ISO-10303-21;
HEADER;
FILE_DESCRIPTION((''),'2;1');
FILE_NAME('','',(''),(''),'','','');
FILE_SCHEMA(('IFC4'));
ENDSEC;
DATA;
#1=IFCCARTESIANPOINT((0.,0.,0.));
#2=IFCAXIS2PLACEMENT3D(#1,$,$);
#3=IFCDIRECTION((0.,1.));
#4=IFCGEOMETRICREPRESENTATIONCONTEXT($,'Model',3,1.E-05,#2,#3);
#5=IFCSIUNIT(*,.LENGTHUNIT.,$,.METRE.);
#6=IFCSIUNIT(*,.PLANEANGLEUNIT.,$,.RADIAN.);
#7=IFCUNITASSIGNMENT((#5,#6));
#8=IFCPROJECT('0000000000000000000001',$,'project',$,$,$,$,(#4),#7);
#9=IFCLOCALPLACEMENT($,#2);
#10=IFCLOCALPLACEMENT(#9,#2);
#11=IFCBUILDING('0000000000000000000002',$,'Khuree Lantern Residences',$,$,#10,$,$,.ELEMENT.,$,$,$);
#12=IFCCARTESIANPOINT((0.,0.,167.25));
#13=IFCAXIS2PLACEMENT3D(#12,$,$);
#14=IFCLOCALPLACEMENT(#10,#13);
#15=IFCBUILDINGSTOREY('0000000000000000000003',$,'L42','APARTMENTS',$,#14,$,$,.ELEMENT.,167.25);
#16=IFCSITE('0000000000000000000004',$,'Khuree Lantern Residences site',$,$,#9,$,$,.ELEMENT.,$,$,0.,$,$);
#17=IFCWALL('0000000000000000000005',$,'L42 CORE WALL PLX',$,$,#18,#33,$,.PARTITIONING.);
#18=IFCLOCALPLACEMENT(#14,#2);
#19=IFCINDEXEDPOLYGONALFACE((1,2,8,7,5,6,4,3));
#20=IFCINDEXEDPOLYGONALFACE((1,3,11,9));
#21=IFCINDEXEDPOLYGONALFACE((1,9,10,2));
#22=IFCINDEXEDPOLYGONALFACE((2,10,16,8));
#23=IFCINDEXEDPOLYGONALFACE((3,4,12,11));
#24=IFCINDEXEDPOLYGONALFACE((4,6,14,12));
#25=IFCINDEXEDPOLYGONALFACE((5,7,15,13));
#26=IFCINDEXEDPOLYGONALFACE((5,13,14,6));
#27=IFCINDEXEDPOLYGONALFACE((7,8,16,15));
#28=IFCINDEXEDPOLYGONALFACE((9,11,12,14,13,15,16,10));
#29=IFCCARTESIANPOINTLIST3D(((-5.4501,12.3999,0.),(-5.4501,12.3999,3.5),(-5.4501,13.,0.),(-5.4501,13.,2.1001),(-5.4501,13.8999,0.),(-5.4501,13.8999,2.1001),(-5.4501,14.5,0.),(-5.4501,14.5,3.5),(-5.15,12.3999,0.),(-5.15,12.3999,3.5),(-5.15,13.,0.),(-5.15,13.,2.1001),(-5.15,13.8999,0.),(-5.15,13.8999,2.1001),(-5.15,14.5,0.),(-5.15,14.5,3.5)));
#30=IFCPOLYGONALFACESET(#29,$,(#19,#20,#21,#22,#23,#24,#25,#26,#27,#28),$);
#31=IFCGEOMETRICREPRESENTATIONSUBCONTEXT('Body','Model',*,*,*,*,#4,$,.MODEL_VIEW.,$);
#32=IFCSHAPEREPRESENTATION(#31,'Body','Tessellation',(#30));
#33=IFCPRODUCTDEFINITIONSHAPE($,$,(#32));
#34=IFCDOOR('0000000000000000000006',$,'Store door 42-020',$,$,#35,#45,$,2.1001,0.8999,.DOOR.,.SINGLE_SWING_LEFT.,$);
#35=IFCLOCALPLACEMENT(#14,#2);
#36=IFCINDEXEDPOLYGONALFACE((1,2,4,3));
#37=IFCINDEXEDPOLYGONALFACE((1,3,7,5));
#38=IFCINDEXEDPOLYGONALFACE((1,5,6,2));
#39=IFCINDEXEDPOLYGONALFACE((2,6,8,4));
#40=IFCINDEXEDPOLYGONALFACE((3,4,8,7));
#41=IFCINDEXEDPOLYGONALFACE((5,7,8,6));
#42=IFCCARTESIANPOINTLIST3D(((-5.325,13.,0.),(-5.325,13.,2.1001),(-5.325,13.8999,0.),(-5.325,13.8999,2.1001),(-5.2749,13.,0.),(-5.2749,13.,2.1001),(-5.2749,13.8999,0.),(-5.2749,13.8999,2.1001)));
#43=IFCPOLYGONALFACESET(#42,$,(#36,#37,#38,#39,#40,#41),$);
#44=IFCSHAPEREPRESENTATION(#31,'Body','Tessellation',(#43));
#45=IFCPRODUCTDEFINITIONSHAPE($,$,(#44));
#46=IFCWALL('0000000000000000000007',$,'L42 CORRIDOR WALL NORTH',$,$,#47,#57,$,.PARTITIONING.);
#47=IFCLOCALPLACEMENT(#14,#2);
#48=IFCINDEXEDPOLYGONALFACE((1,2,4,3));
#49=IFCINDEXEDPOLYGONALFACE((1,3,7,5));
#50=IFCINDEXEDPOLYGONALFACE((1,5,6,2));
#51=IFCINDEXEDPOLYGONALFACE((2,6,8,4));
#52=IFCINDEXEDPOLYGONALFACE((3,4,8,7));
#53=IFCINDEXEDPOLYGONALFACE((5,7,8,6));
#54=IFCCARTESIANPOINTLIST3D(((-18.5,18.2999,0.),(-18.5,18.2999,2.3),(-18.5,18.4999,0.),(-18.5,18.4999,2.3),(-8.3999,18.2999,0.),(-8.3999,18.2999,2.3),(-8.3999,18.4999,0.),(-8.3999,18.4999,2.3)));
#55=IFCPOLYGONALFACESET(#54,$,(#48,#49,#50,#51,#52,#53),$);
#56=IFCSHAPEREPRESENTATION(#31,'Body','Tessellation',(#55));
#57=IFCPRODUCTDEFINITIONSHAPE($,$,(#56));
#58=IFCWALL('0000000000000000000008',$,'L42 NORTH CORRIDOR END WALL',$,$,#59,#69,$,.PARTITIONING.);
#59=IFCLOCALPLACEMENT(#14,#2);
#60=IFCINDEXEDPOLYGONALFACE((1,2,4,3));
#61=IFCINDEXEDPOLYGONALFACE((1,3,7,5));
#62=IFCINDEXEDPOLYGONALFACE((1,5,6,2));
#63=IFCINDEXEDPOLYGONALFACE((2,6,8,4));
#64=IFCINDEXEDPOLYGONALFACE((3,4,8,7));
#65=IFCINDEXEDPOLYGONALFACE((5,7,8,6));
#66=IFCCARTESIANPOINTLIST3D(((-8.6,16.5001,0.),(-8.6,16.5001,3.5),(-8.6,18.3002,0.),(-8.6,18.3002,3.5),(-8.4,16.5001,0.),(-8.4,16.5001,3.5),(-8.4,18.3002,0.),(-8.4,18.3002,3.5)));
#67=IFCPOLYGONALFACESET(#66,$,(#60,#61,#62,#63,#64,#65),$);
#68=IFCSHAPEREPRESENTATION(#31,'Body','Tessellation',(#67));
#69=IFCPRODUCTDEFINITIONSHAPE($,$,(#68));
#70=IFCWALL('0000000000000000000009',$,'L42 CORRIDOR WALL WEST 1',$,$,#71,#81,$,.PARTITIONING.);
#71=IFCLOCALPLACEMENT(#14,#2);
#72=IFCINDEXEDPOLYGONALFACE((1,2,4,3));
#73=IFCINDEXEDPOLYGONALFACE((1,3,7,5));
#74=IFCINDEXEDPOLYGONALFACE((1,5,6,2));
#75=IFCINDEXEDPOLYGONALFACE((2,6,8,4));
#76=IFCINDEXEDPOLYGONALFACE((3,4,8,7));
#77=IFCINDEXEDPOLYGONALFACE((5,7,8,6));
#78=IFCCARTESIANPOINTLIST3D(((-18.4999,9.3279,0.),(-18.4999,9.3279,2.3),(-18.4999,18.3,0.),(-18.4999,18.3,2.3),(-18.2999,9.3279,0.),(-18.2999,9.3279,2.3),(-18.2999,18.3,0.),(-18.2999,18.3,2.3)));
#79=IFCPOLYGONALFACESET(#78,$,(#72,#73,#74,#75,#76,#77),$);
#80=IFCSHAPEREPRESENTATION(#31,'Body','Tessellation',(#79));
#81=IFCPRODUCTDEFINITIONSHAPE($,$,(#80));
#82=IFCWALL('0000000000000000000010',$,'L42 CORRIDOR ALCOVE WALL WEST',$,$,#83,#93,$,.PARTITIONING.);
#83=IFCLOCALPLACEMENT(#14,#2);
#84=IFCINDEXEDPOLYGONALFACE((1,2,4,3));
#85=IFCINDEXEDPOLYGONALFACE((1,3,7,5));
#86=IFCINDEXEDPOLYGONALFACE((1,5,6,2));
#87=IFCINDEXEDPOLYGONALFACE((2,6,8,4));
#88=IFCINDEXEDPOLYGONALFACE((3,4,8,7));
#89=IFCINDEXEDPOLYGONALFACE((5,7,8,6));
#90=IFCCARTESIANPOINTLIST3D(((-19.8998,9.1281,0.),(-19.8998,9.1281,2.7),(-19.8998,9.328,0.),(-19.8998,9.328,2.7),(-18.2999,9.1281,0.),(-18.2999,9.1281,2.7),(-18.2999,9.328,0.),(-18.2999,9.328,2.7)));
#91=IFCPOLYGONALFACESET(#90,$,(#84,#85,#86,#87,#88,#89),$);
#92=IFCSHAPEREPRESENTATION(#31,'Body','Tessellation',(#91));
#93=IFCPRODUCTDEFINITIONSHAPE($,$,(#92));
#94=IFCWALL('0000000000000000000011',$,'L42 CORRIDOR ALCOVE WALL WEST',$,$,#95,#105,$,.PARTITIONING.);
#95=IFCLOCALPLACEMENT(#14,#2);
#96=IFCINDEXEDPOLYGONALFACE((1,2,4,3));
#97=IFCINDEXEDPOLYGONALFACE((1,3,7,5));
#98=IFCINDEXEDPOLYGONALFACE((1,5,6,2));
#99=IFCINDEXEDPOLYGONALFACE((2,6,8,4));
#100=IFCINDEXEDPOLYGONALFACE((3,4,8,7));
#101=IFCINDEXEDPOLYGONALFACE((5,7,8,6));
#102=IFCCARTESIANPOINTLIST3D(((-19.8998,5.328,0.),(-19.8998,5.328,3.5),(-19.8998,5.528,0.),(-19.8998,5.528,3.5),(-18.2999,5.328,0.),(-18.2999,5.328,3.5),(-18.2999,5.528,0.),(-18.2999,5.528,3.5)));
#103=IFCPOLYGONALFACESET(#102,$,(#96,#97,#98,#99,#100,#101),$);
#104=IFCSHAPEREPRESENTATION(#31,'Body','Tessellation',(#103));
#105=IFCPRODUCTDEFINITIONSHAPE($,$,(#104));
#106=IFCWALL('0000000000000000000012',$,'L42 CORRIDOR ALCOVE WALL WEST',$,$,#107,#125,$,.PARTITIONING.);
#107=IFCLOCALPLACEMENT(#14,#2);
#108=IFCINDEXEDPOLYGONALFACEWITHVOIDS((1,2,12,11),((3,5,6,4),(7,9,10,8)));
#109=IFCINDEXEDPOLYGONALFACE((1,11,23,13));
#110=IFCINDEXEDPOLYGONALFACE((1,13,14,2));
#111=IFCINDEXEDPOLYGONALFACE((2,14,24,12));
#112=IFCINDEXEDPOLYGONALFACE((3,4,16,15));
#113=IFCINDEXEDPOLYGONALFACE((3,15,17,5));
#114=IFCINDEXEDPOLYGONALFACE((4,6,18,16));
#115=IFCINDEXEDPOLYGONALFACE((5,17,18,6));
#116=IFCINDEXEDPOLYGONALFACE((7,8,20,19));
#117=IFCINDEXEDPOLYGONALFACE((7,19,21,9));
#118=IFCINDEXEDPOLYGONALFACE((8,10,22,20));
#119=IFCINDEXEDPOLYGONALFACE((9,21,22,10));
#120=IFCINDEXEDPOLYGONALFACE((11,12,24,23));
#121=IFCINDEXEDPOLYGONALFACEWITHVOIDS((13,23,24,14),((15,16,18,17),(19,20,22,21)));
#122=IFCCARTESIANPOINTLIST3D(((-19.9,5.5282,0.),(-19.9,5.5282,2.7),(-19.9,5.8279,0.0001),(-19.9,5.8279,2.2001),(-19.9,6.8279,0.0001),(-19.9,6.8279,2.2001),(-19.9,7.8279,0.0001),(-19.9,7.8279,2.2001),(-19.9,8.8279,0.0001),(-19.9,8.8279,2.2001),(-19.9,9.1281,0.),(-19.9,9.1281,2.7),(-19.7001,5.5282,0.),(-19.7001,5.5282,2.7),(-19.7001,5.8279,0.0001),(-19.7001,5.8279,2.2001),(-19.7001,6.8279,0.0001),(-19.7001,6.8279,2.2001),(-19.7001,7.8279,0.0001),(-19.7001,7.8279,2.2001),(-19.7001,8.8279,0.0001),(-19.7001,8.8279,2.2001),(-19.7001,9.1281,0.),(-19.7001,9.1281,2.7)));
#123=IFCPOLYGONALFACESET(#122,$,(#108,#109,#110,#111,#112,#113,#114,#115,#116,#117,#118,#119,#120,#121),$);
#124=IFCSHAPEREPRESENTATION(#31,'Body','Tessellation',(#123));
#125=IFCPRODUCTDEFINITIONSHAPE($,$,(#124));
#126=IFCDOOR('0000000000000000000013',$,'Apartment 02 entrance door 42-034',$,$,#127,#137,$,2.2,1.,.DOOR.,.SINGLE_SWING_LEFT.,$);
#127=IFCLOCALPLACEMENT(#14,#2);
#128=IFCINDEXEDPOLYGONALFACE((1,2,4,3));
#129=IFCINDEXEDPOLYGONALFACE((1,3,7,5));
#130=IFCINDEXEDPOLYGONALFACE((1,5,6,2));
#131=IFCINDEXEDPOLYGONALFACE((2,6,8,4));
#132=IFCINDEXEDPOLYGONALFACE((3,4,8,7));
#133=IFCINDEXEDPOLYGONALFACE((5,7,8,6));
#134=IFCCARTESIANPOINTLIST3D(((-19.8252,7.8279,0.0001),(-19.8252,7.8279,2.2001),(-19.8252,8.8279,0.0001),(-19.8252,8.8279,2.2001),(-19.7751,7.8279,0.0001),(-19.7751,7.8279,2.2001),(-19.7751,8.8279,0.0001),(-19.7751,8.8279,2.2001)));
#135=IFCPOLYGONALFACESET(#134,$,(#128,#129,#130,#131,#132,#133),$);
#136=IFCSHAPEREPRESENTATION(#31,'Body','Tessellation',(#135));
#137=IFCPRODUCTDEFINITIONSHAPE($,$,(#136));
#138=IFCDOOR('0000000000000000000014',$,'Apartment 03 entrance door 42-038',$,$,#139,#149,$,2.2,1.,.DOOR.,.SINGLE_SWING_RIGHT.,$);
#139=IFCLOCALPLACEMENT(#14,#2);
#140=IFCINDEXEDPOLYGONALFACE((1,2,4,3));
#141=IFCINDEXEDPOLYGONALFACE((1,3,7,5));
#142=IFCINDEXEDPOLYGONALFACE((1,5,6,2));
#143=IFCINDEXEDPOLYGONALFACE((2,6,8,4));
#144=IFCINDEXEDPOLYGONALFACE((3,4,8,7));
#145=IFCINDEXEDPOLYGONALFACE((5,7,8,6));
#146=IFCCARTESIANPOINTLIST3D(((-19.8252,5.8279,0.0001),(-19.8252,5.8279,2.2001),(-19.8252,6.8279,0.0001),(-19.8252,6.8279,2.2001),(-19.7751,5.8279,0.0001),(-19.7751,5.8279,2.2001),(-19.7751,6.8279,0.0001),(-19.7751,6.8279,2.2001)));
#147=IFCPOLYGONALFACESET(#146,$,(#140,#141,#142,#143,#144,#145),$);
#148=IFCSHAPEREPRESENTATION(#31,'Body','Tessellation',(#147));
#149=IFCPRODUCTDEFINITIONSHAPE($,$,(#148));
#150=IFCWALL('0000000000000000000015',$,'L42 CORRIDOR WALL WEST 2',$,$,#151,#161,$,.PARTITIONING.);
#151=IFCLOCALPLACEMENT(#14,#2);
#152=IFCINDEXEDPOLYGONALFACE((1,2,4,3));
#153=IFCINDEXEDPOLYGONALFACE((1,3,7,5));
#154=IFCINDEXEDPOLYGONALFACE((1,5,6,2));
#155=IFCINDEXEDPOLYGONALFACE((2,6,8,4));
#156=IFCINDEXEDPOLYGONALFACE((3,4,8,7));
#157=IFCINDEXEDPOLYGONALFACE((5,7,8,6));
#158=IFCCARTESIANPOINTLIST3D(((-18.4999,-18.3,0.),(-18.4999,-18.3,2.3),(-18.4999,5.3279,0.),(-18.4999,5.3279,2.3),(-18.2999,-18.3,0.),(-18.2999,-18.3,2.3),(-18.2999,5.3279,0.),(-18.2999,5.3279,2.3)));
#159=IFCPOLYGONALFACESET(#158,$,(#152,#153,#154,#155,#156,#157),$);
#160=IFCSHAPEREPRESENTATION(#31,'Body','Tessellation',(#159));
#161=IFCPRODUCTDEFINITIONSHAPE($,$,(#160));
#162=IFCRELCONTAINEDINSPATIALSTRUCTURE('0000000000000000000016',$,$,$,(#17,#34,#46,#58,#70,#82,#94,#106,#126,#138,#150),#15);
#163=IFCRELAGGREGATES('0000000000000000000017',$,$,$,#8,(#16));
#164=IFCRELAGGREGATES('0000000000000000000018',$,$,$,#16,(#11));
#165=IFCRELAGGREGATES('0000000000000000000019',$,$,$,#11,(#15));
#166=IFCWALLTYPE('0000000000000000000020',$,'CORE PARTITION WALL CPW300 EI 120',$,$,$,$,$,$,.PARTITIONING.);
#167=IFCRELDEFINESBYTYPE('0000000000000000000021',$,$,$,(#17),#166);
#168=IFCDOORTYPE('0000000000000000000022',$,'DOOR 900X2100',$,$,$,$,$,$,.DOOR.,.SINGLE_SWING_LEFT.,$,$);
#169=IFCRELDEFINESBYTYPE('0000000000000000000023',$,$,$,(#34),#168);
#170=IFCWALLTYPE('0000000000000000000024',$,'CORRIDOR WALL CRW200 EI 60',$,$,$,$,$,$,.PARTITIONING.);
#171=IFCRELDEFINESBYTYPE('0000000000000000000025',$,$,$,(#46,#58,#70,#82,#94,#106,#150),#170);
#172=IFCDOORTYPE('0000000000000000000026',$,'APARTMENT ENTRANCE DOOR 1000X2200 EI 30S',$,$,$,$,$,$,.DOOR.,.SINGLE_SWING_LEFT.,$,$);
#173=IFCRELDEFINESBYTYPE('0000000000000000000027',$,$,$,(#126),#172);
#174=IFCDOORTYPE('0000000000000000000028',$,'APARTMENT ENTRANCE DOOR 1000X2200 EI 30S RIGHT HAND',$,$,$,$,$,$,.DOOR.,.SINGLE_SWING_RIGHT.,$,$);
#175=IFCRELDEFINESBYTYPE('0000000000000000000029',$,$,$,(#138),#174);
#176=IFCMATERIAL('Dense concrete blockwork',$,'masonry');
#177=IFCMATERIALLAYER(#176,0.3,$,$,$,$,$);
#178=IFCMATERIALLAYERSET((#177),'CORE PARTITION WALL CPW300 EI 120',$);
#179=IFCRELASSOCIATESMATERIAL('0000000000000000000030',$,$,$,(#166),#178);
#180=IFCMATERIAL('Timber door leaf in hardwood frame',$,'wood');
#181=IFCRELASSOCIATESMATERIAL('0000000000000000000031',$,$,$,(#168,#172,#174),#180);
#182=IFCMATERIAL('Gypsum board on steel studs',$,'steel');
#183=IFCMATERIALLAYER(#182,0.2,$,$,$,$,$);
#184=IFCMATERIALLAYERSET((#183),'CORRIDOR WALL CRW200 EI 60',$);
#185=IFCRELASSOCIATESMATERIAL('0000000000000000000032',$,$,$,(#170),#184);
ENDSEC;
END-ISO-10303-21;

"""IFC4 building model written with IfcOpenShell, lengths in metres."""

from ifc_helpers import new_model, si_unit, direction, frame, frame_2d, origin, place, context, subcontext, project, spatial, rectangle, extrude, material, layer, layer_set, type_object, element, fill, save


model = new_model("IFC4")

# Units and contexts
model_context = context("Model", 3, precision=1e-05, world=origin(), true_north=direction((0.0, 1.0)))
body_context = subcontext(model_context, "Body", "Model", "MODEL_VIEW")
ifc_project = project(units=[si_unit("LENGTHUNIT", "METRE"), si_unit("PLANEANGLEUNIT", "RADIAN")], contexts=[model_context])

# Site, building, storey
site_placement = place(None, origin())
site = spatial("IfcSite", under=ifc_project, at=site_placement, Name="Khuree Lantern Residences site", CompositionType="ELEMENT", RefElevation=0.0)
building_placement = place(site_placement, origin())
building = spatial("IfcBuilding", under=site, at=building_placement, Name="Khuree Lantern Residences", CompositionType="ELEMENT")
storey_placement = place(building_placement, frame((0.0, 0.0, 167.25)))
storey = spatial("IfcBuildingStorey", under=building, at=storey_placement, Name="L42", Description="APARTMENTS", CompositionType="ELEMENT", Elevation=167.25)

# Shared definitions
ifc_material_1 = material(Name="Dense concrete blockwork", Category="masonry")
ifc_layer_1 = layer(ifc_material_1, 0.3)
ifc_layer_set_1 = layer_set([ifc_layer_1], Name="CORE PARTITION WALL CPW300 EI 120")
wall_type_1 = type_object("IfcWallType", Name="CORE PARTITION WALL CPW300 EI 120", PredefinedType="PARTITIONING", material=ifc_layer_set_1)

# Shared definitions
ifc_material_2 = material(Name="Timber door leaf in hardwood frame", Category="wood")
door_type_1 = type_object("IfcDoorType", Name="DOOR 900X2100", OperationType="SINGLE_SWING_LEFT", PredefinedType="DOOR", material=ifc_material_2)

# Wall, opening, door
wall_1_placement = place(storey_placement, frame((-5.3, 12.3999, 0.0), z_axis=(0.0, 0.0, 1.0), x_axis=(0.0, 1.0, 0.0)))
wall_1 = element("IfcWall", 1, at=wall_1_placement, inside=storey, type_object=wall_type_1, Name="L42 CORE WALL PLX", PredefinedType="PARTITIONING", context=body_context, shape_type="SweptSolid", body=[
    extrude(rectangle(XDim=2.1001, YDim=0.3, at=frame_2d((1.05, 0.0))), origin(), (0.0, 0.0, 1.0), 3.5),
])
opening_1_placement = place(wall_1_placement, frame((0.6001, 0.0, 0.0)))
opening_1 = element("IfcOpeningElement", 2, at=opening_1_placement, cuts=wall_1, PredefinedType="OPENING", context=body_context, shape_type="SweptSolid", body=[
    extrude(rectangle(XDim=0.8999, YDim=2.1001, at=frame_2d((0.45, 1.05))), frame((0.0, 0.1602, 0.0), z_axis=(0.0, -1.0, 0.0), x_axis=(1.0, 0.0, 0.0)), (0.0, 0.0, 1.0), 0.3201),
])
door_1_placement = place(opening_1_placement, origin())
door_1 = element("IfcDoor", 3, at=door_1_placement, inside=storey, type_object=door_type_1, Name="Store door 42-020", OperationType="SINGLE_SWING_LEFT", OverallHeight=2.1001, OverallWidth=0.8999, PredefinedType="DOOR", context=body_context, shape_type="SweptSolid", body=[
    extrude(rectangle(XDim=0.8999, YDim=2.1001, at=frame_2d((0.45, 1.05))), frame((0.0, 0.0249, 0.0), z_axis=(0.0, -1.0, 0.0), x_axis=(1.0, 0.0, 0.0)), (0.0, 0.0, 1.0), 0.05),
])
fill(opening_1, door_1)

# Walls
ifc_material_3 = material(Name="Gypsum board on steel studs", Category="steel")
ifc_layer_2 = layer(ifc_material_3, 0.2)
ifc_layer_set_2 = layer_set([ifc_layer_2], Name="CORRIDOR WALL CRW200 EI 60")
wall_type_2 = type_object("IfcWallType", Name="CORRIDOR WALL CRW200 EI 60", PredefinedType="PARTITIONING", material=ifc_layer_set_2)
wall_2_placement = place(storey_placement, frame((-18.5, 18.3999, 0.0), z_axis=(0.0, 0.0, 1.0), x_axis=(1.0, 0.0, 0.0)))
element("IfcWall", 4, at=wall_2_placement, inside=storey, type_object=wall_type_2, Name="L42 CORRIDOR WALL NORTH", PredefinedType="PARTITIONING", context=body_context, shape_type="SweptSolid", body=[
    extrude(rectangle(XDim=10.1001, YDim=0.2, at=frame_2d((5.05, 0.0))), origin(), (0.0, 0.0, 1.0), 2.3),
])
wall_3_placement = place(storey_placement, frame((-8.5, 18.3, 0.0), z_axis=(0.0, 0.0, 1.0), x_axis=(0.0, -1.0, 0.0)))
element("IfcWall", 5, at=wall_3_placement, inside=storey, type_object=wall_type_2, Name="L42 NORTH CORRIDOR END WALL", PredefinedType="PARTITIONING", context=body_context, shape_type="SweptSolid", body=[
    extrude(rectangle(XDim=1.8, YDim=0.2, at=frame_2d((0.8999, 0.0))), origin(), (0.0, 0.0, 1.0), 3.5),
])
wall_4_placement = place(storey_placement, frame((-18.3999, 18.3, 0.0), z_axis=(0.0, 0.0, 1.0), x_axis=(0.0, -1.0, 0.0)))
element("IfcWall", 6, at=wall_4_placement, inside=storey, type_object=wall_type_2, Name="L42 CORRIDOR WALL WEST 1", PredefinedType="PARTITIONING", context=body_context, shape_type="SweptSolid", body=[
    extrude(rectangle(XDim=8.9722, YDim=0.2, at=frame_2d((4.4861, 0.0))), origin(), (0.0, 0.0, 1.0), 2.3),
])
wall_5_placement = place(storey_placement, frame((-18.3, 9.228, 0.0), z_axis=(0.0, 0.0, 1.0), x_axis=(-1.0, 0.0, 0.0)))
element("IfcWall", 7, at=wall_5_placement, inside=storey, type_object=wall_type_2, Name="L42 CORRIDOR ALCOVE WALL WEST", PredefinedType="PARTITIONING", context=body_context, shape_type="SweptSolid", body=[
    extrude(rectangle(XDim=1.5999, YDim=0.2, at=frame_2d((0.7998, 0.0))), origin(), (0.0, 0.0, 1.0), 2.7),
])
wall_6_placement = place(storey_placement, frame((-18.3, 5.428, 0.0), z_axis=(0.0, 0.0, 1.0), x_axis=(-1.0, 0.0, 0.0)))
element("IfcWall", 8, at=wall_6_placement, inside=storey, type_object=wall_type_2, Name="L42 CORRIDOR ALCOVE WALL WEST", PredefinedType="PARTITIONING", context=body_context, shape_type="SweptSolid", body=[
    extrude(rectangle(XDim=1.5999, YDim=0.2, at=frame_2d((0.7998, 0.0))), origin(), (0.0, 0.0, 1.0), 3.5),
])

# Wall, openings, doors
wall_7_placement = place(storey_placement, frame((-19.8, 9.1279, 0.0), z_axis=(0.0, 0.0, 1.0), x_axis=(0.0, -1.0, 0.0)))
wall_7 = element("IfcWall", 9, at=wall_7_placement, inside=storey, type_object=wall_type_2, Name="L42 CORRIDOR ALCOVE WALL WEST", PredefinedType="PARTITIONING", context=body_context, shape_type="SweptSolid", body=[
    extrude(rectangle(XDim=3.5999, YDim=0.2, at=frame_2d((1.7998, 0.0))), origin(), (0.0, 0.0, 1.0), 2.7),
])
opening_2_placement = place(wall_7_placement, frame((0.3, 0.0, 0.0)))
opening_2 = element("IfcOpeningElement", 10, at=opening_2_placement, cuts=wall_7, PredefinedType="OPENING", context=body_context, shape_type="SweptSolid", body=[
    extrude(rectangle(XDim=1.0, YDim=2.2, at=frame_2d((0.5, 1.1001))), frame((0.0, 0.1099, 0.0), z_axis=(0.0, -1.0, 0.0), x_axis=(1.0, 0.0, 0.0)), (0.0, 0.0, 1.0), 0.22),
])
opening_3_placement = place(wall_7_placement, frame((2.3, 0.0, 0.0)))
opening_3 = element("IfcOpeningElement", 11, at=opening_3_placement, cuts=wall_7, PredefinedType="OPENING", context=body_context, shape_type="SweptSolid", body=[
    extrude(rectangle(XDim=1.0, YDim=2.2, at=frame_2d((0.5, 1.1001))), frame((0.0, 0.1099, 0.0), z_axis=(0.0, -1.0, 0.0), x_axis=(1.0, 0.0, 0.0)), (0.0, 0.0, 1.0), 0.22),
])
door_type_2 = type_object("IfcDoorType", Name="APARTMENT ENTRANCE DOOR 1000X2200 EI 30S", OperationType="SINGLE_SWING_LEFT", PredefinedType="DOOR", material=ifc_material_2)
door_2_placement = place(opening_2_placement, origin())
door_2 = element("IfcDoor", 12, at=door_2_placement, inside=storey, type_object=door_type_2, Name="Apartment 02 entrance door 42-034", OperationType="SINGLE_SWING_LEFT", OverallHeight=2.2, OverallWidth=1.0, PredefinedType="DOOR", context=body_context, shape_type="SweptSolid", body=[
    extrude(rectangle(XDim=1.0, YDim=2.2, at=frame_2d((0.5, 1.1001))), frame((0.0, 0.0249, 0.0), z_axis=(0.0, -1.0, 0.0), x_axis=(1.0, 0.0, 0.0)), (0.0, 0.0, 1.0), 0.05),
])
fill(opening_2, door_2)
door_type_3 = type_object("IfcDoorType", Name="APARTMENT ENTRANCE DOOR 1000X2200 EI 30S RIGHT HAND", OperationType="SINGLE_SWING_RIGHT", PredefinedType="DOOR", material=ifc_material_2)
door_3_placement = place(opening_3_placement, origin())
door_3 = element("IfcDoor", 13, at=door_3_placement, inside=storey, type_object=door_type_3, Name="Apartment 03 entrance door 42-038", OperationType="SINGLE_SWING_RIGHT", OverallHeight=2.2, OverallWidth=1.0, PredefinedType="DOOR", context=body_context, shape_type="SweptSolid", body=[
    extrude(rectangle(XDim=1.0, YDim=2.2, at=frame_2d((0.5, 1.1001))), frame((0.0, 0.0249, 0.0), z_axis=(0.0, -1.0, 0.0), x_axis=(1.0, 0.0, 0.0)), (0.0, 0.0, 1.0), 0.05),
])
fill(opening_3, door_3)

# Wall
wall_8_placement = place(storey_placement, frame((-18.3999, 5.3279, 0.0), z_axis=(0.0, 0.0, 1.0), x_axis=(0.0, -1.0, 0.0)))
element("IfcWall", 14, at=wall_8_placement, inside=storey, type_object=wall_type_2, Name="L42 CORRIDOR WALL WEST 2", PredefinedType="PARTITIONING", context=body_context, shape_type="SweptSolid", body=[
    extrude(rectangle(XDim=23.6279, YDim=0.2, at=frame_2d((11.814, 0.0))), origin(), (0.0, 0.0, 1.0), 2.3),
])

save(model, "model.ifc")
